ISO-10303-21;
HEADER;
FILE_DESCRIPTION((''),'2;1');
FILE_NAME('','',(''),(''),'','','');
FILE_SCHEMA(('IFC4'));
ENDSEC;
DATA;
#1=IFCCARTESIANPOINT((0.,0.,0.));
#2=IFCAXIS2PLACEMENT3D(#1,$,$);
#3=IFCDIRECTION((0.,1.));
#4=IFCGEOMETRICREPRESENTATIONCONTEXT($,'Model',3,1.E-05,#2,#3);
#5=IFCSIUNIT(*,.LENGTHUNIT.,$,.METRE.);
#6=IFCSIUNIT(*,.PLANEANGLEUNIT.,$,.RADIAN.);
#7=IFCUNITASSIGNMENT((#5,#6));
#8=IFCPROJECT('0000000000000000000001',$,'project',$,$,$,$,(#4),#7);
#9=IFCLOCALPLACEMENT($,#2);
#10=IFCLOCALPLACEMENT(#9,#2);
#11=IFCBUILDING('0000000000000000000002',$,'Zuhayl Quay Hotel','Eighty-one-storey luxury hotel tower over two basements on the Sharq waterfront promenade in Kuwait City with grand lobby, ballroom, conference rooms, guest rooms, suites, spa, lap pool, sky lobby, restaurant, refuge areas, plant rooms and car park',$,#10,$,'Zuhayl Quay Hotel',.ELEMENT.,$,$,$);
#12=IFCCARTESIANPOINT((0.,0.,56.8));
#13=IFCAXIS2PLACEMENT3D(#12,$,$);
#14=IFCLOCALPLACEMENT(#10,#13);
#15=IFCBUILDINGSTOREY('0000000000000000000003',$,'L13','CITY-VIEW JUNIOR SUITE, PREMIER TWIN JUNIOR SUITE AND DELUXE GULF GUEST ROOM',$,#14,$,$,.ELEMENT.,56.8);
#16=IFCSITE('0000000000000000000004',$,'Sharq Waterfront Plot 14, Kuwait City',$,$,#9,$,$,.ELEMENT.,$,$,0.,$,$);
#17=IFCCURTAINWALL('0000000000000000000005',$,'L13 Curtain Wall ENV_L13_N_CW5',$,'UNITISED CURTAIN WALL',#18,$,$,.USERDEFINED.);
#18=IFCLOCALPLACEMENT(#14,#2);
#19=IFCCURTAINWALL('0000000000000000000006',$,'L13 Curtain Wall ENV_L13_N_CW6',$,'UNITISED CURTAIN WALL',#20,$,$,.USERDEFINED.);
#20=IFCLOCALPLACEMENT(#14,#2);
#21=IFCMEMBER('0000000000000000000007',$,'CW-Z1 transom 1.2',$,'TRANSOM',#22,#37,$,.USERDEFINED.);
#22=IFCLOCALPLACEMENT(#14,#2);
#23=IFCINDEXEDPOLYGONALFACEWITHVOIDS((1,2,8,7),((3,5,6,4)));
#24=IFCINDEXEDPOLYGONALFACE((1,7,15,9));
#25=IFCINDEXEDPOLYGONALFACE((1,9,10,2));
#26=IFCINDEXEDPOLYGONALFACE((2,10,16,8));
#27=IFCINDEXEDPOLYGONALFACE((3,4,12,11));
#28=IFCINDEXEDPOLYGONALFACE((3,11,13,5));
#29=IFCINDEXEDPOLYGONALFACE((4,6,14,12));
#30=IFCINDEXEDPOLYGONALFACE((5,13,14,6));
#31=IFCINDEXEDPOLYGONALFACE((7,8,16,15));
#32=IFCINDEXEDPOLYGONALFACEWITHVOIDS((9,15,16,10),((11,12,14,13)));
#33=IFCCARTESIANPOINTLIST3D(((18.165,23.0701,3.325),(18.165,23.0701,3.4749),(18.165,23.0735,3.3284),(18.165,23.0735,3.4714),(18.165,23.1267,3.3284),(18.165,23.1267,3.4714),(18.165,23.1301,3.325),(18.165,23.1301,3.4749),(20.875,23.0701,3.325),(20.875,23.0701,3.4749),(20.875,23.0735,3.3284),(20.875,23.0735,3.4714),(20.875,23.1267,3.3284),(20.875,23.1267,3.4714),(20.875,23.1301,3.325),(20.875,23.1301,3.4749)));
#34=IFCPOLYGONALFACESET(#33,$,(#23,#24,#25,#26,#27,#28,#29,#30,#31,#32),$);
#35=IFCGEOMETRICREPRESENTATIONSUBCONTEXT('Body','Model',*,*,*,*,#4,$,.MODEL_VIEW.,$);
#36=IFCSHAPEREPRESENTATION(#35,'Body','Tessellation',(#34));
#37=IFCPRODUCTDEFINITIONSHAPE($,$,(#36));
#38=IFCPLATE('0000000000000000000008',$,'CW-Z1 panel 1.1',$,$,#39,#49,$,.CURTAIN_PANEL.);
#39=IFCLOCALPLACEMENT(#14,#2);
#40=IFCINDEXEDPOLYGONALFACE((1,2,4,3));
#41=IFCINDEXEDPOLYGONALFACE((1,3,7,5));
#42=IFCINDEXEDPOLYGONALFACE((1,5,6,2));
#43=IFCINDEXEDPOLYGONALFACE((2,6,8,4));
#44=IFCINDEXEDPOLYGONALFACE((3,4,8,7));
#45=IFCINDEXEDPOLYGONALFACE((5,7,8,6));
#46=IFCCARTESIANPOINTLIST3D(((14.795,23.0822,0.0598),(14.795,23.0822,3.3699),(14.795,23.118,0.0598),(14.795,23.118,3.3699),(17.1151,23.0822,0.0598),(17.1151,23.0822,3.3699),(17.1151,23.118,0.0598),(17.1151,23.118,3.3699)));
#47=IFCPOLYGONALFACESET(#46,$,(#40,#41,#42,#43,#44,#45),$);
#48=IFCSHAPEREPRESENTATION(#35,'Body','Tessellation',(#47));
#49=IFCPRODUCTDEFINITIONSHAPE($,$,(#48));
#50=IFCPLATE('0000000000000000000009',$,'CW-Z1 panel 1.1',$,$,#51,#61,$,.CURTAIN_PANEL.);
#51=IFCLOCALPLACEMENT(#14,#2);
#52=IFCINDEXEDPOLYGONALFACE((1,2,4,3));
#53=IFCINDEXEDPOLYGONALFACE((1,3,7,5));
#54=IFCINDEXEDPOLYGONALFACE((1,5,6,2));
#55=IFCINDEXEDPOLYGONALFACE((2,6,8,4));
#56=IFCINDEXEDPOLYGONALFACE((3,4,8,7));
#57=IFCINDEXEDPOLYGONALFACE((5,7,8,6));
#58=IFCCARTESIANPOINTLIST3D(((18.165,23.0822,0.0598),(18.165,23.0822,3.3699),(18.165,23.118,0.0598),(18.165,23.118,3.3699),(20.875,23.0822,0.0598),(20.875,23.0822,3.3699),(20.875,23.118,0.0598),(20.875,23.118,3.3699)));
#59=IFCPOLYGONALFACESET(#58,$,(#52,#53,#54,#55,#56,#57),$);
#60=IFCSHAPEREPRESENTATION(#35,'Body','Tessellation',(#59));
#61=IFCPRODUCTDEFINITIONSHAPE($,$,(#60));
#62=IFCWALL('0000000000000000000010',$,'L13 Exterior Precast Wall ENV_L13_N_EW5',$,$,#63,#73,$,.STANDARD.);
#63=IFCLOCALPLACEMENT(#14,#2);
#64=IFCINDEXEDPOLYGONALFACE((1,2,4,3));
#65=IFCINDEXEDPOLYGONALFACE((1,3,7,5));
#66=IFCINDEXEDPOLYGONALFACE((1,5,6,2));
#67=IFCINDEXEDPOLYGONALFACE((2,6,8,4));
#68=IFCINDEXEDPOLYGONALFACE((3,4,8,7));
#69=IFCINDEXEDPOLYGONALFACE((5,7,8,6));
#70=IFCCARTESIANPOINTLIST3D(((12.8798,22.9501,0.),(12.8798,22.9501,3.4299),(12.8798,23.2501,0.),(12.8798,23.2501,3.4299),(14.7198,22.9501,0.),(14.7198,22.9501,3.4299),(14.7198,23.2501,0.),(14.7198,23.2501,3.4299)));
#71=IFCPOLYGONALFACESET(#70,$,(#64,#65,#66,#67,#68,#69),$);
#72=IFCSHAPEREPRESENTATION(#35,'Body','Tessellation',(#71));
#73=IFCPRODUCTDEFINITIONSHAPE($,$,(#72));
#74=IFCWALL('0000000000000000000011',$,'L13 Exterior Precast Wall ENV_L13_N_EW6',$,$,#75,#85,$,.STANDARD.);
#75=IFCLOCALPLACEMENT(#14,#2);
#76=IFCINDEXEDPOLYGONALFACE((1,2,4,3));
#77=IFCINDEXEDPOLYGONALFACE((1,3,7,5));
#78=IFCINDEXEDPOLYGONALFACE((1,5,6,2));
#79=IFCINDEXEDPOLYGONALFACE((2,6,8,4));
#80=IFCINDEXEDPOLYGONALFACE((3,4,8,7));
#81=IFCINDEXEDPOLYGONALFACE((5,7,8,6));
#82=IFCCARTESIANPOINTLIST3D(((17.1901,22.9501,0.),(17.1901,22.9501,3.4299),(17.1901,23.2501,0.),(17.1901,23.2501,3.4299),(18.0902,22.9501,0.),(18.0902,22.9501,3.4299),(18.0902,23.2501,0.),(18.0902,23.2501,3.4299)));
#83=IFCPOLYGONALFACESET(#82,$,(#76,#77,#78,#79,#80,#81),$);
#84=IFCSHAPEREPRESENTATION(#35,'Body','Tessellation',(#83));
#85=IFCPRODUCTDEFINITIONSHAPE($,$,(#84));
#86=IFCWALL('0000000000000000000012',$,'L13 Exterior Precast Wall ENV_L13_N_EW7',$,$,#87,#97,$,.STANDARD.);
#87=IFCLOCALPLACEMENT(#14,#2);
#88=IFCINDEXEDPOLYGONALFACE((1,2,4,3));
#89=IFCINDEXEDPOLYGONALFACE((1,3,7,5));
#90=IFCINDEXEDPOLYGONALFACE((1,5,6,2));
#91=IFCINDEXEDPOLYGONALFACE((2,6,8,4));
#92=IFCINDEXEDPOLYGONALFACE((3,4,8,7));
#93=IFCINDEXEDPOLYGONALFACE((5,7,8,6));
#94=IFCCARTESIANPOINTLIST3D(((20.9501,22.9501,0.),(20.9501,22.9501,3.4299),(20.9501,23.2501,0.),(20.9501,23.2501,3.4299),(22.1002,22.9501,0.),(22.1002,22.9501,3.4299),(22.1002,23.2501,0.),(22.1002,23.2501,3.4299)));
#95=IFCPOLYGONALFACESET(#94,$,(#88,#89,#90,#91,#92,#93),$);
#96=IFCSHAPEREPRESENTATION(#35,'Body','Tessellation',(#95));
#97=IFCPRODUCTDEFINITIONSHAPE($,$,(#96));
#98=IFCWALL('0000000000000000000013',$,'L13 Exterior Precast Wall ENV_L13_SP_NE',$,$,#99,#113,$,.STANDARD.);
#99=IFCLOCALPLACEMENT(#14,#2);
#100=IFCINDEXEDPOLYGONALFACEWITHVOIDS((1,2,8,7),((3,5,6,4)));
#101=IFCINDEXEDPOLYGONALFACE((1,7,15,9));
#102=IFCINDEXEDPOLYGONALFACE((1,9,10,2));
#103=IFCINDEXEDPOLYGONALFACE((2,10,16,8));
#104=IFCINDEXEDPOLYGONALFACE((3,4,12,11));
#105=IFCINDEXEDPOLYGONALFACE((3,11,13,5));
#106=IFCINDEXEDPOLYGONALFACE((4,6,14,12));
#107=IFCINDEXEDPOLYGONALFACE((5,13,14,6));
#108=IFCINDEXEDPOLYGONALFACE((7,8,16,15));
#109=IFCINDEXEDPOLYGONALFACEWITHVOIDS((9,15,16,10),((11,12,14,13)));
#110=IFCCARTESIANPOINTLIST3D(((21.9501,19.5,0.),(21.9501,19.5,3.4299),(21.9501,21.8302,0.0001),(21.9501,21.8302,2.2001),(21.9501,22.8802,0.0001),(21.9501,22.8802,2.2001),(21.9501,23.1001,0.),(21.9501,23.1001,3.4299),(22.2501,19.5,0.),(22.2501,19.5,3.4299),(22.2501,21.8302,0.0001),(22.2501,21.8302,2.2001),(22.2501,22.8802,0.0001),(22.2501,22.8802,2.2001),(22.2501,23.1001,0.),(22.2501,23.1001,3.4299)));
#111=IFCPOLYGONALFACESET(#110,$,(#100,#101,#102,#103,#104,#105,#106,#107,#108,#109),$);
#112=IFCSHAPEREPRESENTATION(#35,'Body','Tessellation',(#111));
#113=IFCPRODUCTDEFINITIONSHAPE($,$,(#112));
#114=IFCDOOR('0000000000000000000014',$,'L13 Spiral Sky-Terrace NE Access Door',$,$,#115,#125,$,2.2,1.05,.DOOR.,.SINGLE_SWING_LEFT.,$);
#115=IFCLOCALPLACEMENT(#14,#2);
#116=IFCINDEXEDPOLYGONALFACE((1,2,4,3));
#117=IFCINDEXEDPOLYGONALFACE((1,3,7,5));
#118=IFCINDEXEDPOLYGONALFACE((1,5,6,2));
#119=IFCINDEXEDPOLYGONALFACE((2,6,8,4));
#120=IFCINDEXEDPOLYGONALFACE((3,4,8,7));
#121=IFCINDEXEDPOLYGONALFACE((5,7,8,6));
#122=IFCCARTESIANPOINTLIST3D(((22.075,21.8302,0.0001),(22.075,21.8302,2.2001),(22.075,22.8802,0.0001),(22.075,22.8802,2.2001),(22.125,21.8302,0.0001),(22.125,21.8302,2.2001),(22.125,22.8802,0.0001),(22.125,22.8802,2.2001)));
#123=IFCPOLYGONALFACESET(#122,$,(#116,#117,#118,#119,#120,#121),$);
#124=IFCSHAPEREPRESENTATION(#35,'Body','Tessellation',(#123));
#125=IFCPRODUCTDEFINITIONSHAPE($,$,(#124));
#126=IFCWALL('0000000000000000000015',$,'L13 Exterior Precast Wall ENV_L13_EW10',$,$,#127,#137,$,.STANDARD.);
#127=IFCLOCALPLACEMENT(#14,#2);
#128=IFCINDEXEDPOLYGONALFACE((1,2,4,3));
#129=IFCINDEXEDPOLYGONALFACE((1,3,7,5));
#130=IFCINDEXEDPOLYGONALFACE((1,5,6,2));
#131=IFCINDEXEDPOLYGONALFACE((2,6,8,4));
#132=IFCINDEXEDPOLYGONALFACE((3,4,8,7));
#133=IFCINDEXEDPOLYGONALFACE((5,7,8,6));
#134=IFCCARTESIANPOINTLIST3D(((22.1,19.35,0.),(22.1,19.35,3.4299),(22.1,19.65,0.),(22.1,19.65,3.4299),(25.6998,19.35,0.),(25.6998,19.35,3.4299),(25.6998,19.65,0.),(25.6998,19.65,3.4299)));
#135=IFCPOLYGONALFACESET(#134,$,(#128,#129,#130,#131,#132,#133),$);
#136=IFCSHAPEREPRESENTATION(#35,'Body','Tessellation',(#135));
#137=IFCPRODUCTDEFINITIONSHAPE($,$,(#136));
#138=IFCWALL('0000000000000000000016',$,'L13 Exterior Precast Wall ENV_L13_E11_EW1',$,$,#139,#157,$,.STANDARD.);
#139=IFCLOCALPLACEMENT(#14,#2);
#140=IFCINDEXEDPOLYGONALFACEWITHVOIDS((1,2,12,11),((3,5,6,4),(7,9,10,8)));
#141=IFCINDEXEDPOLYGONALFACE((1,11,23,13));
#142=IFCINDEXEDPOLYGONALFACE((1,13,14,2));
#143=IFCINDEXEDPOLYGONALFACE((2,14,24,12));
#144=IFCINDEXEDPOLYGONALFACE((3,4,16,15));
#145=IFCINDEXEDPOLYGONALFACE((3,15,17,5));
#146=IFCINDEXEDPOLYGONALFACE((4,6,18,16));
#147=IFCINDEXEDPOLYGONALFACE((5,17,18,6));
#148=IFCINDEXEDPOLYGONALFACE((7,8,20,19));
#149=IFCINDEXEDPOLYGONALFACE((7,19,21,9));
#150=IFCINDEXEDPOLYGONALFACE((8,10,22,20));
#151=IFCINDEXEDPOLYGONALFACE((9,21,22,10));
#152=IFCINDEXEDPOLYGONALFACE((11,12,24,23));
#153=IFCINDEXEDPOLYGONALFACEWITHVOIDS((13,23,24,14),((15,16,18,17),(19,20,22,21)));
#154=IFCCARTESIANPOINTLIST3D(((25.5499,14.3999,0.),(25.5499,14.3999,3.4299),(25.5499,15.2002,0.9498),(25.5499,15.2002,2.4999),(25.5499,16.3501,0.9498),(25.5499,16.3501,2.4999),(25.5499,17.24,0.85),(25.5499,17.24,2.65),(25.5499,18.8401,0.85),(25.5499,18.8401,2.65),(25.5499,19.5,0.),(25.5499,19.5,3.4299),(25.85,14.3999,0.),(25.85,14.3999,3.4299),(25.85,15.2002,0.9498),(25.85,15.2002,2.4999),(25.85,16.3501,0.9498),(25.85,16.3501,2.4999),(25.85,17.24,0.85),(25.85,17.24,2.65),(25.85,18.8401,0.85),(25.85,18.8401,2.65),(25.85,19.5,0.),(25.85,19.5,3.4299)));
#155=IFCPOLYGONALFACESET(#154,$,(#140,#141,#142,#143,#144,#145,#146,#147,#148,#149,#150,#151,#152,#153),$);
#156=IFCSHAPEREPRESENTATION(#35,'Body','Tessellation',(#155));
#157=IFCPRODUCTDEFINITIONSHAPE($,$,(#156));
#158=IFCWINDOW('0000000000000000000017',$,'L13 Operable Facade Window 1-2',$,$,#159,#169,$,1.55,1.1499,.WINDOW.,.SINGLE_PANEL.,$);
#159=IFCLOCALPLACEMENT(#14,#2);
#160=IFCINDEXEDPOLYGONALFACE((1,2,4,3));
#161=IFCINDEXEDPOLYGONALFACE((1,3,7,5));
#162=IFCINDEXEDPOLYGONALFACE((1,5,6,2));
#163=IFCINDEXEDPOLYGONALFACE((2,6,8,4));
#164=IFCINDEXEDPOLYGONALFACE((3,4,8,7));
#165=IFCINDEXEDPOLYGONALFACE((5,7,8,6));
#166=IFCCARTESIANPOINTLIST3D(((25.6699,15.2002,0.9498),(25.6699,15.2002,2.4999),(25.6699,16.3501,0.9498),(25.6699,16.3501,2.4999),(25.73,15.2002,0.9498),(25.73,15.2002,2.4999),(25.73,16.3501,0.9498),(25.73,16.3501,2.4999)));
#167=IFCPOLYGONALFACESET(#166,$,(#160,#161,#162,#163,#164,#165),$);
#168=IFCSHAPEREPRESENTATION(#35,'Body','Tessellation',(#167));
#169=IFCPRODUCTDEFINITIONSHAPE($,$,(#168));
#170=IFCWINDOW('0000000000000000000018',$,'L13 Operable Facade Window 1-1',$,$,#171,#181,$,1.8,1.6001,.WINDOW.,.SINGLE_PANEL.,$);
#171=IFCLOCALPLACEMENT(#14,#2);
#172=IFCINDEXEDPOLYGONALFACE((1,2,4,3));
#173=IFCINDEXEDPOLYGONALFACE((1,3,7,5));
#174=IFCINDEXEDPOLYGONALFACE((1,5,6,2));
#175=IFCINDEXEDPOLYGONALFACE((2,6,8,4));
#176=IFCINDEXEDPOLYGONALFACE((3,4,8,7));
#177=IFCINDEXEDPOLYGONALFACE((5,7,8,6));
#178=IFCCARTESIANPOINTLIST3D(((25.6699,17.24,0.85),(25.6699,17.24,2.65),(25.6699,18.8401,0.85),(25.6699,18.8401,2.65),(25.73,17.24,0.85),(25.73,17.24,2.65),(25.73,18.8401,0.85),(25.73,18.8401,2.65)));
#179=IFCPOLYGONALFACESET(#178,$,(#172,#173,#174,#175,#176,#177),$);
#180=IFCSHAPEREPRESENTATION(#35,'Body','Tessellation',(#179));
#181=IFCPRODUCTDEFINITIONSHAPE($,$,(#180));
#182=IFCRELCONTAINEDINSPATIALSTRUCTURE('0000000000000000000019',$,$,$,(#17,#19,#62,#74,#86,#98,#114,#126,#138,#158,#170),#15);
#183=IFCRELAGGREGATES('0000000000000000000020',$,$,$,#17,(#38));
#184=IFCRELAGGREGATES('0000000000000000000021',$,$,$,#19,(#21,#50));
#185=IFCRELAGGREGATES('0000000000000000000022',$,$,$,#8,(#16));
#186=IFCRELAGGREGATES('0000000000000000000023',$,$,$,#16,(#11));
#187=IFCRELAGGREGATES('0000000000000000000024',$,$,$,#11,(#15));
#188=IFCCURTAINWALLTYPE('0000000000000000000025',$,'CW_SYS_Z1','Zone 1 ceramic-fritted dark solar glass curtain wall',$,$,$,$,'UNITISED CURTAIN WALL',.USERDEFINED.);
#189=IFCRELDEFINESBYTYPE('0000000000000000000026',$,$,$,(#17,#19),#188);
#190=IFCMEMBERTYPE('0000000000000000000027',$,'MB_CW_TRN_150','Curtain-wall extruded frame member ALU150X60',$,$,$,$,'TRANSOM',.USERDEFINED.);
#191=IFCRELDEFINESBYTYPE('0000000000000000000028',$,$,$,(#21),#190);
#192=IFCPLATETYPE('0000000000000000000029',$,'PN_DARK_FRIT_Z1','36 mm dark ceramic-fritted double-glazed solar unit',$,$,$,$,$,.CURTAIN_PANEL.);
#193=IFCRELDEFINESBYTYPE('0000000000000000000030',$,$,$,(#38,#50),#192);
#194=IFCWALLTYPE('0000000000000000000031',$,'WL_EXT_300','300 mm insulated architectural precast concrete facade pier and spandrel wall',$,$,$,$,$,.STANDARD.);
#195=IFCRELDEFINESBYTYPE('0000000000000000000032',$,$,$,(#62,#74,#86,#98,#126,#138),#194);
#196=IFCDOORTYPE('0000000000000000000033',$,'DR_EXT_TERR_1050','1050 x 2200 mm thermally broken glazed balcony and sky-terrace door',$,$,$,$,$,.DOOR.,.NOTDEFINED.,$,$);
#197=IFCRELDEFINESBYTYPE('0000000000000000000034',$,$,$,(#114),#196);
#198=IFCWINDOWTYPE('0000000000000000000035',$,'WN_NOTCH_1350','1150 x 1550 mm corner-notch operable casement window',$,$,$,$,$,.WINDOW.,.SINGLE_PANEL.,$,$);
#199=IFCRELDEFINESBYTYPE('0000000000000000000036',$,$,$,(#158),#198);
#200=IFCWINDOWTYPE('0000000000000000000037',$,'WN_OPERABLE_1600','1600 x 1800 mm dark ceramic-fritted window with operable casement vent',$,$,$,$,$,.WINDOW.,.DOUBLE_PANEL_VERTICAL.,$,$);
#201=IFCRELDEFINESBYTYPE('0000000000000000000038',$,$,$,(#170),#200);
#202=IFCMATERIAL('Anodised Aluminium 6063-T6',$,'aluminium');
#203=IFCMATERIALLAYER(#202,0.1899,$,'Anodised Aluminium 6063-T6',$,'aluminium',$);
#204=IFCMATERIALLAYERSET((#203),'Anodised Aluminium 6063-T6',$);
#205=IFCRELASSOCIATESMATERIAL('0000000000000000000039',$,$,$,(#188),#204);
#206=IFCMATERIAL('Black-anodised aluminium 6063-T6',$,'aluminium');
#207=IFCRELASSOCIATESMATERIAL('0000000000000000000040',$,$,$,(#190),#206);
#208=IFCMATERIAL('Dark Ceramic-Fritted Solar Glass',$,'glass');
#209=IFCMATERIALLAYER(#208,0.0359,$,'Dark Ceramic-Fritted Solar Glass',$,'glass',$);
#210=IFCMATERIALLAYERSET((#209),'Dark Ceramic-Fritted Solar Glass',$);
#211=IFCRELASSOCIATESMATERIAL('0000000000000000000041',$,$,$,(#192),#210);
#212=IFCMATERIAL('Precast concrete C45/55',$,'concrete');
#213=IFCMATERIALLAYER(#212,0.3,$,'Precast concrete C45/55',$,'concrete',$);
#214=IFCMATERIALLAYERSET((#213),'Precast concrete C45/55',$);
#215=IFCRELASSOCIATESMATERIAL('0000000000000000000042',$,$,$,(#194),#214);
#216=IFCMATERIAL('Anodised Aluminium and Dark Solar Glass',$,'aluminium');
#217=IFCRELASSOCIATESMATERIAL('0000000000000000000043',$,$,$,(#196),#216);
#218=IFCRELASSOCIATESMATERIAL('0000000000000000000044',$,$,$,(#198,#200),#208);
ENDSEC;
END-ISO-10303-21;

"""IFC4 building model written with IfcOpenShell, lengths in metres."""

from ifc_helpers import new_model, si_unit, direction, frame, frame_2d, origin, origin_2d, place, context, subcontext, project, spatial, rectangle, hollow_rectangle, extrude, material, layer, layer_set, material_profile, profile_set, type_object, element, fill, aggregate, save


model = new_model("IFC4")

# Units and contexts
model_context = context("Model", 3, precision=1e-05, world=origin(), true_north=direction((0.0, 1.0)))
body_context = subcontext(model_context, "Body", "Model", "MODEL_VIEW")
ifc_project = project(units=[si_unit("LENGTHUNIT", "METRE"), si_unit("PLANEANGLEUNIT", "RADIAN")], contexts=[model_context])

# Site, building, storey
site_placement = place(None, origin())
site = spatial("IfcSite", under=ifc_project, at=site_placement, Name="Sharq Waterfront Plot 14, Kuwait City", CompositionType="ELEMENT", RefElevation=0.0)
building_placement = place(site_placement, origin())
building = spatial("IfcBuilding", under=site, at=building_placement, Name="Zuhayl Quay Hotel", Description="Eighty-one-storey luxury hotel tower over two basements on the Sharq waterfront promenade in Kuwait City with grand lobby, ballroom, conference rooms, guest rooms, suites, spa, lap pool, sky lobby, restaurant, refuge areas, plant rooms and car park", LongName="Zuhayl Quay Hotel", CompositionType="ELEMENT")
storey_placement = place(building_placement, frame((0.0, 0.0, 56.8)))
storey = spatial("IfcBuildingStorey", under=building, at=storey_placement, Name="L13", Description="CITY-VIEW JUNIOR SUITE, PREMIER TWIN JUNIOR SUITE AND DELUXE GULF GUEST ROOM", CompositionType="ELEMENT", Elevation=56.8)

# Shared definitions
ifc_material_1 = material(Name="Anodised Aluminium 6063-T6", Category="aluminium")
ifc_layer_1 = layer(ifc_material_1, 0.1899, Name="Anodised Aluminium 6063-T6", Category="aluminium")
ifc_layer_set_1 = layer_set([ifc_layer_1], Name="Anodised Aluminium 6063-T6")
curtain_wall_type = type_object("IfcCurtainWallType", Name="CW_SYS_Z1", Description="Zone 1 ceramic-fritted dark solar glass curtain wall", ElementType="UNITISED CURTAIN WALL", PredefinedType="USERDEFINED", material=ifc_layer_set_1)
ifc_material_2 = material(Name="Black-anodised aluminium 6063-T6", Category="aluminium")

# Curtain walls
curtain_wall_1_placement = place(storey_placement, origin())
curtain_wall_1 = element("IfcCurtainWall", 1, at=curtain_wall_1_placement, inside=storey, type_object=curtain_wall_type, Name="L13 Curtain Wall ENV_L13_N_CW5", ObjectType="UNITISED CURTAIN WALL", PredefinedType="USERDEFINED")
curtain_wall_2_placement = place(storey_placement, origin())
curtain_wall_2 = element("IfcCurtainWall", 2, at=curtain_wall_2_placement, inside=storey, type_object=curtain_wall_type, Name="L13 Curtain Wall ENV_L13_N_CW6", ObjectType="UNITISED CURTAIN WALL", PredefinedType="USERDEFINED")

# Member
ifc_material_profile_1 = material_profile(ifc_material_2, hollow_rectangle(XDim=0.0601, YDim=0.1499, WallThickness=0.0034, at=origin_2d()), Name="ALU150X60")
ifc_profile_set_1 = profile_set([ifc_material_profile_1], Name="Black-anodised aluminium 6063-T6")
member_type_1 = type_object("IfcMemberType", Name="MB_CW_TRN_150", Description="Curtain-wall extruded frame member ALU150X60", ElementType="TRANSOM", PredefinedType="USERDEFINED", material=ifc_profile_set_1)
member_1_placement = place(storey_placement, frame((18.165, 23.1001, 3.3999), z_axis=(1.0, 0.0, 0.0), x_axis=(0.0, 1.0, 0.0)))
member_1 = element("IfcMember", 3, at=member_1_placement, type_object=member_type_1, Name="CW-Z1 transom 1.2", ObjectType="TRANSOM", PredefinedType="USERDEFINED", context=body_context, shape_type="SweptSolid", body=[
    extrude(hollow_rectangle(XDim=0.0601, YDim=0.1499, WallThickness=0.0034, at=origin_2d()), origin(), (0.0, 0.0, 1.0), 2.71),
])

# Plates
ifc_material_3 = material(Name="Dark Ceramic-Fritted Solar Glass", Category="glass")
ifc_layer_2 = layer(ifc_material_3, 0.0359, Name="Dark Ceramic-Fritted Solar Glass", Category="glass")
ifc_layer_set_2 = layer_set([ifc_layer_2], Name="Dark Ceramic-Fritted Solar Glass")
plate_type = type_object("IfcPlateType", Name="PN_DARK_FRIT_Z1", Description="36 mm dark ceramic-fritted double-glazed solar unit", PredefinedType="CURTAIN_PANEL", material=ifc_layer_set_2)
plate_1_placement = place(storey_placement, frame((15.9551, 23.1001, 0.0598), z_axis=(0.0, 0.0, 1.0), x_axis=(1.0, 0.0, 0.0)))
plate_1 = element("IfcPlate", 4, at=plate_1_placement, type_object=plate_type, Name="CW-Z1 panel 1.1", PredefinedType="CURTAIN_PANEL", context=body_context, shape_type="SweptSolid", body=[
    extrude(rectangle(XDim=2.3201, YDim=0.0359, at=origin_2d()), origin(), (0.0, 0.0, 1.0), 3.3101),
])
aggregate(curtain_wall_1, [plate_1])
plate_2_placement = place(storey_placement, frame((19.52, 23.1001, 0.0598), z_axis=(0.0, 0.0, 1.0), x_axis=(1.0, 0.0, 0.0)))
plate_2 = element("IfcPlate", 5, at=plate_2_placement, type_object=plate_type, Name="CW-Z1 panel 1.1", PredefinedType="CURTAIN_PANEL", context=body_context, shape_type="SweptSolid", body=[
    extrude(rectangle(XDim=2.71, YDim=0.0359, at=origin_2d()), origin(), (0.0, 0.0, 1.0), 3.3101),
])
aggregate(curtain_wall_2, [member_1, plate_2])

# Walls
ifc_material_4 = material(Name="Precast concrete C45/55", Category="concrete")
ifc_layer_3 = layer(ifc_material_4, 0.3, Name="Precast concrete C45/55", Category="concrete")
ifc_layer_set_3 = layer_set([ifc_layer_3], Name="Precast concrete C45/55")
wall_type_1 = type_object("IfcWallType", Name="WL_EXT_300", Description="300 mm insulated architectural precast concrete facade pier and spandrel wall", PredefinedType="STANDARD", material=ifc_layer_set_3)
wall_1_placement = place(storey_placement, frame((12.8799, 23.1001, 0.0), z_axis=(0.0, 0.0, 1.0), x_axis=(1.0, 0.0, 0.0)))
element("IfcWall", 6, at=wall_1_placement, inside=storey, type_object=wall_type_1, Name="L13 Exterior Precast Wall ENV_L13_N_EW5", PredefinedType="STANDARD", context=body_context, shape_type="SweptSolid", body=[
    extrude(rectangle(XDim=1.8401, YDim=0.3, at=frame_2d((0.9199, 0.0))), origin(), (0.0, 0.0, 1.0), 3.4299),
])
wall_2_placement = place(storey_placement, frame((17.1899, 23.1001, 0.0), z_axis=(0.0, 0.0, 1.0), x_axis=(1.0, 0.0, 0.0)))
element("IfcWall", 7, at=wall_2_placement, inside=storey, type_object=wall_type_1, Name="L13 Exterior Precast Wall ENV_L13_N_EW6", PredefinedType="STANDARD", context=body_context, shape_type="SweptSolid", body=[
    extrude(rectangle(XDim=0.9001, YDim=0.3, at=frame_2d((0.4502, 0.0))), origin(), (0.0, 0.0, 1.0), 3.4299),
])
wall_3_placement = place(storey_placement, frame((20.95, 23.1001, 0.0), z_axis=(0.0, 0.0, 1.0), x_axis=(1.0, 0.0, 0.0)))
element("IfcWall", 8, at=wall_3_placement, inside=storey, type_object=wall_type_1, Name="L13 Exterior Precast Wall ENV_L13_N_EW7", PredefinedType="STANDARD", context=body_context, shape_type="SweptSolid", body=[
    extrude(rectangle(XDim=1.1501, YDim=0.3, at=frame_2d((0.5752, 0.0))), origin(), (0.0, 0.0, 1.0), 3.4299),
])

# Wall, opening, door
wall_4_placement = place(storey_placement, frame((22.1001, 23.1001, 0.0), z_axis=(0.0, 0.0, 1.0), x_axis=(0.0, -1.0, 0.0)))
wall_4 = element("IfcWall", 9, at=wall_4_placement, inside=storey, type_object=wall_type_1, Name="L13 Exterior Precast Wall ENV_L13_SP_NE", PredefinedType="STANDARD", context=body_context, shape_type="SweptSolid", body=[
    extrude(rectangle(XDim=3.6001, YDim=0.3, at=frame_2d((1.8, 0.0))), origin(), (0.0, 0.0, 1.0), 3.4299),
])
opening_1_placement = place(wall_4_placement, frame((0.22, 0.0, 0.0)))
opening_1 = element("IfcOpeningElement", 10, at=opening_1_placement, cuts=wall_4, PredefinedType="OPENING", context=body_context, shape_type="SweptSolid", body=[
    extrude(rectangle(XDim=1.05, YDim=2.2, at=frame_2d((0.5249, 1.1001))), frame((0.0, 0.1599, 0.0), z_axis=(0.0, -1.0, 0.0), x_axis=(1.0, 0.0, 0.0)), (0.0, 0.0, 1.0), 0.3201),
])
ifc_material_5 = material(Name="Anodised Aluminium and Dark Solar Glass", Category="aluminium")
door_type_1 = type_object("IfcDoorType", Name="DR_EXT_TERR_1050", Description="1050 x 2200 mm thermally broken glazed balcony and sky-terrace door", OperationType="NOTDEFINED", PredefinedType="DOOR", material=ifc_material_5)
door_1_placement = place(opening_1_placement, origin())
door_1 = element("IfcDoor", 11, at=door_1_placement, inside=storey, type_object=door_type_1, Name="L13 Spiral Sky-Terrace NE Access Door", OperationType="SINGLE_SWING_LEFT", OverallHeight=2.2, OverallWidth=1.05, PredefinedType="DOOR", context=body_context, shape_type="SweptSolid", body=[
    extrude(rectangle(XDim=1.05, YDim=2.2, at=frame_2d((0.5249, 1.1001))), frame((0.0, 0.0249, 0.0), z_axis=(0.0, -1.0, 0.0), x_axis=(1.0, 0.0, 0.0)), (0.0, 0.0, 1.0), 0.05),
])
fill(opening_1, door_1)

# Wall
wall_5_placement = place(storey_placement, frame((22.1001, 19.5, 0.0), z_axis=(0.0, 0.0, 1.0), x_axis=(1.0, 0.0, 0.0)))
element("IfcWall", 12, at=wall_5_placement, inside=storey, type_object=wall_type_1, Name="L13 Exterior Precast Wall ENV_L13_EW10", PredefinedType="STANDARD", context=body_context, shape_type="SweptSolid", body=[
    extrude(rectangle(XDim=3.5999, YDim=0.3, at=frame_2d((1.7998, 0.0))), origin(), (0.0, 0.0, 1.0), 3.4299),
])

# Wall, openings, windows
wall_6_placement = place(storey_placement, frame((25.7, 19.5, 0.0), z_axis=(0.0, 0.0, 1.0), x_axis=(0.0, -1.0, 0.0)))
wall_6 = element("IfcWall", 13, at=wall_6_placement, inside=storey, type_object=wall_type_1, Name="L13 Exterior Precast Wall ENV_L13_E11_EW1", PredefinedType="STANDARD", context=body_context, shape_type="SweptSolid", body=[
    extrude(rectangle(XDim=5.1001, YDim=0.3, at=frame_2d((2.55, 0.0))), origin(), (0.0, 0.0, 1.0), 3.4299),
])
opening_2_placement = place(wall_6_placement, frame((0.6599, 0.0, 0.8501)))
opening_2 = element("IfcOpeningElement", 14, at=opening_2_placement, cuts=wall_6, PredefinedType="OPENING", context=body_context, shape_type="SweptSolid", body=[
    extrude(rectangle(XDim=1.6001, YDim=1.8, at=frame_2d((0.8, 0.8999))), frame((0.0, 0.1599, 0.0), z_axis=(0.0, -1.0, 0.0), x_axis=(1.0, 0.0, 0.0)), (0.0, 0.0, 1.0), 0.3201),
])
opening_3_placement = place(wall_6_placement, frame((3.1499, 0.0, 0.95)))
opening_3 = element("IfcOpeningElement", 15, at=opening_3_placement, cuts=wall_6, PredefinedType="OPENING", context=body_context, shape_type="SweptSolid", body=[
    extrude(rectangle(XDim=1.1499, YDim=1.55, at=frame_2d((0.575, 0.7749))), frame((0.0, 0.1599, 0.0), z_axis=(0.0, -1.0, 0.0), x_axis=(1.0, 0.0, 0.0)), (0.0, 0.0, 1.0), 0.3201),
])
window_type_1 = type_object("IfcWindowType", Name="WN_NOTCH_1350", Description="1150 x 1550 mm corner-notch operable casement window", PartitioningType="SINGLE_PANEL", PredefinedType="WINDOW", material=ifc_material_3)
window_1_placement = place(opening_3_placement, origin())
window_1 = element("IfcWindow", 16, at=window_1_placement, inside=storey, type_object=window_type_1, Name="L13 Operable Facade Window 1-2", OverallHeight=1.55, OverallWidth=1.1499, PartitioningType="SINGLE_PANEL", PredefinedType="WINDOW", context=body_context, shape_type="SweptSolid", body=[
    extrude(rectangle(XDim=1.1499, YDim=1.55, at=frame_2d((0.575, 0.7749))), frame((0.0, 0.03, 0.0), z_axis=(0.0, -1.0, 0.0), x_axis=(1.0, 0.0, 0.0)), (0.0, 0.0, 1.0), 0.0601),
])
fill(opening_3, window_1)
window_type_2 = type_object("IfcWindowType", Name="WN_OPERABLE_1600", Description="1600 x 1800 mm dark ceramic-fritted window with operable casement vent", PartitioningType="DOUBLE_PANEL_VERTICAL", PredefinedType="WINDOW", material=ifc_material_3)
window_2_placement = place(opening_2_placement, origin())
window_2 = element("IfcWindow", 17, at=window_2_placement, inside=storey, type_object=window_type_2, Name="L13 Operable Facade Window 1-1", OverallHeight=1.8, OverallWidth=1.6001, PartitioningType="SINGLE_PANEL", PredefinedType="WINDOW", context=body_context, shape_type="SweptSolid", body=[
    extrude(rectangle(XDim=1.6001, YDim=1.8, at=frame_2d((0.8, 0.8999))), frame((0.0, 0.03, 0.0), z_axis=(0.0, -1.0, 0.0), x_axis=(1.0, 0.0, 0.0)), (0.0, 0.0, 1.0), 0.0601),
])
fill(opening_2, window_2)

save(model, "model.ifc")
